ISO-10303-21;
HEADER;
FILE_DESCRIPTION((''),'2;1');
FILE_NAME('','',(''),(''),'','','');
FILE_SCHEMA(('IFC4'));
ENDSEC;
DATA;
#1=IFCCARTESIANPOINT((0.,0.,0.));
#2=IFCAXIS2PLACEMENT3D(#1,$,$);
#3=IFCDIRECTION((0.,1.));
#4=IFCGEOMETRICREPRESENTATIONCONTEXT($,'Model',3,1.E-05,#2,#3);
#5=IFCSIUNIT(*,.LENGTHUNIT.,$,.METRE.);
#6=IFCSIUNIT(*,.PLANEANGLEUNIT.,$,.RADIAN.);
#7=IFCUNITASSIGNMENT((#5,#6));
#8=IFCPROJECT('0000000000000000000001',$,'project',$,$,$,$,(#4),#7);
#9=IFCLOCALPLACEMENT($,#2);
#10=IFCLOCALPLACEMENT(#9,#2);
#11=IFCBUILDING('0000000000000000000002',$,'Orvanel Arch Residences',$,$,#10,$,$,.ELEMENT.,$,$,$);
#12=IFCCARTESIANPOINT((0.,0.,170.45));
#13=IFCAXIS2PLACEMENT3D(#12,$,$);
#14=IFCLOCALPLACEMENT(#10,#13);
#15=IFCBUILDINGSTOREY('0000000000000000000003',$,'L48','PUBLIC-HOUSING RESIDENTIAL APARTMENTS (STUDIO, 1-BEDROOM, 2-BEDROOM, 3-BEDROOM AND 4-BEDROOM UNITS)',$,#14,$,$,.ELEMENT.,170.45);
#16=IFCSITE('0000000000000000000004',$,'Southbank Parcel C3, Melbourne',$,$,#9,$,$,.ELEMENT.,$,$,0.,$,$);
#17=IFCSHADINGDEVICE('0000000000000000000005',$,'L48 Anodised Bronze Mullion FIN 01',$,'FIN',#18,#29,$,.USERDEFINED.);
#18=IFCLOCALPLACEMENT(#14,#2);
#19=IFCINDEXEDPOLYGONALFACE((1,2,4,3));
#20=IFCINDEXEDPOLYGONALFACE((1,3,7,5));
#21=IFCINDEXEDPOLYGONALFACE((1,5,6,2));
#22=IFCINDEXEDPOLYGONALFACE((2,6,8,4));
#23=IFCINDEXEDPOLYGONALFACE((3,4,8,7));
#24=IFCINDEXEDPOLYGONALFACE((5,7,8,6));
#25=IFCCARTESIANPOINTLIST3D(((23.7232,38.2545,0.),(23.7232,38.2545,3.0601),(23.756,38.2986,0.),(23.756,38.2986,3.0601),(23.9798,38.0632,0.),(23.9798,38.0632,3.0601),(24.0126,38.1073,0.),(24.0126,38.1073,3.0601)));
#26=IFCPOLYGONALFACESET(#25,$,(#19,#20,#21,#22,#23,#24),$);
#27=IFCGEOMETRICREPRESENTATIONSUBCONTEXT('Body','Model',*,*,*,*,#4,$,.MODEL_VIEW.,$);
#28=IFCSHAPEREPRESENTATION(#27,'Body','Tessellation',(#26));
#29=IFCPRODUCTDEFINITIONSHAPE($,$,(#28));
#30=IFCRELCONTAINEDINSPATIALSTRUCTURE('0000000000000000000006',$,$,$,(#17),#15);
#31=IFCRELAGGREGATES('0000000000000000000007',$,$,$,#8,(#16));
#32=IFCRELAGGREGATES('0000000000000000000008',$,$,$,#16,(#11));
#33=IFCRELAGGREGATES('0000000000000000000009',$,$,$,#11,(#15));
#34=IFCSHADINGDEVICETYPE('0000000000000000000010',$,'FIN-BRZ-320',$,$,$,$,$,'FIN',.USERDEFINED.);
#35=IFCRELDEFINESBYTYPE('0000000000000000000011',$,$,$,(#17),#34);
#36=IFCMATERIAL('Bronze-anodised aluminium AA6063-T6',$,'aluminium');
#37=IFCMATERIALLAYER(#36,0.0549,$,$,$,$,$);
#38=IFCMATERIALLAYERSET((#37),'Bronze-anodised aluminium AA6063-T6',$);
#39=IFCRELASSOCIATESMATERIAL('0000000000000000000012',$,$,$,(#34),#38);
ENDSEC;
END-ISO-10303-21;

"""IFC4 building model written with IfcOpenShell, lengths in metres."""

from ifc_helpers import new_model, si_unit, direction, frame, origin, origin_2d, place, context, subcontext, project, spatial, rectangle, extrude, material, layer, layer_set, type_object, element, save


model = new_model("IFC4")

# Units and contexts
model_context = context("Model", 3, precision=1e-05, world=origin(), true_north=direction((0.0, 1.0)))
body_context = subcontext(model_context, "Body", "Model", "MODEL_VIEW")
ifc_project = project(units=[si_unit("LENGTHUNIT", "METRE"), si_unit("PLANEANGLEUNIT", "RADIAN")], contexts=[model_context])

# Site, building, storey
site_placement = place(None, origin())
site = spatial("IfcSite", under=ifc_project, at=site_placement, Name="Southbank Parcel C3, Melbourne", CompositionType="ELEMENT", RefElevation=0.0)
building_placement = place(site_placement, origin())
building = spatial("IfcBuilding", under=site, at=building_placement, Name="Orvanel Arch Residences", CompositionType="ELEMENT")
storey_placement = place(building_placement, frame((0.0, 0.0, 170.45)))
storey = spatial("IfcBuildingStorey", under=building, at=storey_placement, Name="L48", Description="PUBLIC-HOUSING RESIDENTIAL APARTMENTS (STUDIO, 1-BEDROOM, 2-BEDROOM, 3-BEDROOM AND 4-BEDROOM UNITS)", CompositionType="ELEMENT", Elevation=170.45)

# Shared definitions
ifc_material_1 = material(Name="Bronze-anodised aluminium AA6063-T6", Category="aluminium")

# Shading device
ifc_layer_1 = layer(ifc_material_1, 0.0549)
ifc_layer_set_1 = layer_set([ifc_layer_1], Name="Bronze-anodised aluminium AA6063-T6")
shading_device_type = type_object("IfcShadingDeviceType", Name="FIN-BRZ-320", ElementType="FIN", PredefinedType="USERDEFINED", material=ifc_layer_set_1)
shading_device_placement = place(storey_placement, frame((23.8679, 38.1809, 0.0), z_axis=(0.0, 0.0, 1.0), x_axis=(-0.801776, 0.597625, 0.0)))
element("IfcShadingDevice", 1, at=shading_device_placement, inside=storey, type_object=shading_device_type, Name="L48 Anodised Bronze Mullion FIN 01", ObjectType="FIN", PredefinedType="USERDEFINED", context=body_context, shape_type="SweptSolid", body=[
    extrude(rectangle(XDim=0.3201, YDim=0.0549, at=origin_2d()), origin(), (0.0, 0.0, 1.0), 3.0601),
])

save(model, "model.ifc")
